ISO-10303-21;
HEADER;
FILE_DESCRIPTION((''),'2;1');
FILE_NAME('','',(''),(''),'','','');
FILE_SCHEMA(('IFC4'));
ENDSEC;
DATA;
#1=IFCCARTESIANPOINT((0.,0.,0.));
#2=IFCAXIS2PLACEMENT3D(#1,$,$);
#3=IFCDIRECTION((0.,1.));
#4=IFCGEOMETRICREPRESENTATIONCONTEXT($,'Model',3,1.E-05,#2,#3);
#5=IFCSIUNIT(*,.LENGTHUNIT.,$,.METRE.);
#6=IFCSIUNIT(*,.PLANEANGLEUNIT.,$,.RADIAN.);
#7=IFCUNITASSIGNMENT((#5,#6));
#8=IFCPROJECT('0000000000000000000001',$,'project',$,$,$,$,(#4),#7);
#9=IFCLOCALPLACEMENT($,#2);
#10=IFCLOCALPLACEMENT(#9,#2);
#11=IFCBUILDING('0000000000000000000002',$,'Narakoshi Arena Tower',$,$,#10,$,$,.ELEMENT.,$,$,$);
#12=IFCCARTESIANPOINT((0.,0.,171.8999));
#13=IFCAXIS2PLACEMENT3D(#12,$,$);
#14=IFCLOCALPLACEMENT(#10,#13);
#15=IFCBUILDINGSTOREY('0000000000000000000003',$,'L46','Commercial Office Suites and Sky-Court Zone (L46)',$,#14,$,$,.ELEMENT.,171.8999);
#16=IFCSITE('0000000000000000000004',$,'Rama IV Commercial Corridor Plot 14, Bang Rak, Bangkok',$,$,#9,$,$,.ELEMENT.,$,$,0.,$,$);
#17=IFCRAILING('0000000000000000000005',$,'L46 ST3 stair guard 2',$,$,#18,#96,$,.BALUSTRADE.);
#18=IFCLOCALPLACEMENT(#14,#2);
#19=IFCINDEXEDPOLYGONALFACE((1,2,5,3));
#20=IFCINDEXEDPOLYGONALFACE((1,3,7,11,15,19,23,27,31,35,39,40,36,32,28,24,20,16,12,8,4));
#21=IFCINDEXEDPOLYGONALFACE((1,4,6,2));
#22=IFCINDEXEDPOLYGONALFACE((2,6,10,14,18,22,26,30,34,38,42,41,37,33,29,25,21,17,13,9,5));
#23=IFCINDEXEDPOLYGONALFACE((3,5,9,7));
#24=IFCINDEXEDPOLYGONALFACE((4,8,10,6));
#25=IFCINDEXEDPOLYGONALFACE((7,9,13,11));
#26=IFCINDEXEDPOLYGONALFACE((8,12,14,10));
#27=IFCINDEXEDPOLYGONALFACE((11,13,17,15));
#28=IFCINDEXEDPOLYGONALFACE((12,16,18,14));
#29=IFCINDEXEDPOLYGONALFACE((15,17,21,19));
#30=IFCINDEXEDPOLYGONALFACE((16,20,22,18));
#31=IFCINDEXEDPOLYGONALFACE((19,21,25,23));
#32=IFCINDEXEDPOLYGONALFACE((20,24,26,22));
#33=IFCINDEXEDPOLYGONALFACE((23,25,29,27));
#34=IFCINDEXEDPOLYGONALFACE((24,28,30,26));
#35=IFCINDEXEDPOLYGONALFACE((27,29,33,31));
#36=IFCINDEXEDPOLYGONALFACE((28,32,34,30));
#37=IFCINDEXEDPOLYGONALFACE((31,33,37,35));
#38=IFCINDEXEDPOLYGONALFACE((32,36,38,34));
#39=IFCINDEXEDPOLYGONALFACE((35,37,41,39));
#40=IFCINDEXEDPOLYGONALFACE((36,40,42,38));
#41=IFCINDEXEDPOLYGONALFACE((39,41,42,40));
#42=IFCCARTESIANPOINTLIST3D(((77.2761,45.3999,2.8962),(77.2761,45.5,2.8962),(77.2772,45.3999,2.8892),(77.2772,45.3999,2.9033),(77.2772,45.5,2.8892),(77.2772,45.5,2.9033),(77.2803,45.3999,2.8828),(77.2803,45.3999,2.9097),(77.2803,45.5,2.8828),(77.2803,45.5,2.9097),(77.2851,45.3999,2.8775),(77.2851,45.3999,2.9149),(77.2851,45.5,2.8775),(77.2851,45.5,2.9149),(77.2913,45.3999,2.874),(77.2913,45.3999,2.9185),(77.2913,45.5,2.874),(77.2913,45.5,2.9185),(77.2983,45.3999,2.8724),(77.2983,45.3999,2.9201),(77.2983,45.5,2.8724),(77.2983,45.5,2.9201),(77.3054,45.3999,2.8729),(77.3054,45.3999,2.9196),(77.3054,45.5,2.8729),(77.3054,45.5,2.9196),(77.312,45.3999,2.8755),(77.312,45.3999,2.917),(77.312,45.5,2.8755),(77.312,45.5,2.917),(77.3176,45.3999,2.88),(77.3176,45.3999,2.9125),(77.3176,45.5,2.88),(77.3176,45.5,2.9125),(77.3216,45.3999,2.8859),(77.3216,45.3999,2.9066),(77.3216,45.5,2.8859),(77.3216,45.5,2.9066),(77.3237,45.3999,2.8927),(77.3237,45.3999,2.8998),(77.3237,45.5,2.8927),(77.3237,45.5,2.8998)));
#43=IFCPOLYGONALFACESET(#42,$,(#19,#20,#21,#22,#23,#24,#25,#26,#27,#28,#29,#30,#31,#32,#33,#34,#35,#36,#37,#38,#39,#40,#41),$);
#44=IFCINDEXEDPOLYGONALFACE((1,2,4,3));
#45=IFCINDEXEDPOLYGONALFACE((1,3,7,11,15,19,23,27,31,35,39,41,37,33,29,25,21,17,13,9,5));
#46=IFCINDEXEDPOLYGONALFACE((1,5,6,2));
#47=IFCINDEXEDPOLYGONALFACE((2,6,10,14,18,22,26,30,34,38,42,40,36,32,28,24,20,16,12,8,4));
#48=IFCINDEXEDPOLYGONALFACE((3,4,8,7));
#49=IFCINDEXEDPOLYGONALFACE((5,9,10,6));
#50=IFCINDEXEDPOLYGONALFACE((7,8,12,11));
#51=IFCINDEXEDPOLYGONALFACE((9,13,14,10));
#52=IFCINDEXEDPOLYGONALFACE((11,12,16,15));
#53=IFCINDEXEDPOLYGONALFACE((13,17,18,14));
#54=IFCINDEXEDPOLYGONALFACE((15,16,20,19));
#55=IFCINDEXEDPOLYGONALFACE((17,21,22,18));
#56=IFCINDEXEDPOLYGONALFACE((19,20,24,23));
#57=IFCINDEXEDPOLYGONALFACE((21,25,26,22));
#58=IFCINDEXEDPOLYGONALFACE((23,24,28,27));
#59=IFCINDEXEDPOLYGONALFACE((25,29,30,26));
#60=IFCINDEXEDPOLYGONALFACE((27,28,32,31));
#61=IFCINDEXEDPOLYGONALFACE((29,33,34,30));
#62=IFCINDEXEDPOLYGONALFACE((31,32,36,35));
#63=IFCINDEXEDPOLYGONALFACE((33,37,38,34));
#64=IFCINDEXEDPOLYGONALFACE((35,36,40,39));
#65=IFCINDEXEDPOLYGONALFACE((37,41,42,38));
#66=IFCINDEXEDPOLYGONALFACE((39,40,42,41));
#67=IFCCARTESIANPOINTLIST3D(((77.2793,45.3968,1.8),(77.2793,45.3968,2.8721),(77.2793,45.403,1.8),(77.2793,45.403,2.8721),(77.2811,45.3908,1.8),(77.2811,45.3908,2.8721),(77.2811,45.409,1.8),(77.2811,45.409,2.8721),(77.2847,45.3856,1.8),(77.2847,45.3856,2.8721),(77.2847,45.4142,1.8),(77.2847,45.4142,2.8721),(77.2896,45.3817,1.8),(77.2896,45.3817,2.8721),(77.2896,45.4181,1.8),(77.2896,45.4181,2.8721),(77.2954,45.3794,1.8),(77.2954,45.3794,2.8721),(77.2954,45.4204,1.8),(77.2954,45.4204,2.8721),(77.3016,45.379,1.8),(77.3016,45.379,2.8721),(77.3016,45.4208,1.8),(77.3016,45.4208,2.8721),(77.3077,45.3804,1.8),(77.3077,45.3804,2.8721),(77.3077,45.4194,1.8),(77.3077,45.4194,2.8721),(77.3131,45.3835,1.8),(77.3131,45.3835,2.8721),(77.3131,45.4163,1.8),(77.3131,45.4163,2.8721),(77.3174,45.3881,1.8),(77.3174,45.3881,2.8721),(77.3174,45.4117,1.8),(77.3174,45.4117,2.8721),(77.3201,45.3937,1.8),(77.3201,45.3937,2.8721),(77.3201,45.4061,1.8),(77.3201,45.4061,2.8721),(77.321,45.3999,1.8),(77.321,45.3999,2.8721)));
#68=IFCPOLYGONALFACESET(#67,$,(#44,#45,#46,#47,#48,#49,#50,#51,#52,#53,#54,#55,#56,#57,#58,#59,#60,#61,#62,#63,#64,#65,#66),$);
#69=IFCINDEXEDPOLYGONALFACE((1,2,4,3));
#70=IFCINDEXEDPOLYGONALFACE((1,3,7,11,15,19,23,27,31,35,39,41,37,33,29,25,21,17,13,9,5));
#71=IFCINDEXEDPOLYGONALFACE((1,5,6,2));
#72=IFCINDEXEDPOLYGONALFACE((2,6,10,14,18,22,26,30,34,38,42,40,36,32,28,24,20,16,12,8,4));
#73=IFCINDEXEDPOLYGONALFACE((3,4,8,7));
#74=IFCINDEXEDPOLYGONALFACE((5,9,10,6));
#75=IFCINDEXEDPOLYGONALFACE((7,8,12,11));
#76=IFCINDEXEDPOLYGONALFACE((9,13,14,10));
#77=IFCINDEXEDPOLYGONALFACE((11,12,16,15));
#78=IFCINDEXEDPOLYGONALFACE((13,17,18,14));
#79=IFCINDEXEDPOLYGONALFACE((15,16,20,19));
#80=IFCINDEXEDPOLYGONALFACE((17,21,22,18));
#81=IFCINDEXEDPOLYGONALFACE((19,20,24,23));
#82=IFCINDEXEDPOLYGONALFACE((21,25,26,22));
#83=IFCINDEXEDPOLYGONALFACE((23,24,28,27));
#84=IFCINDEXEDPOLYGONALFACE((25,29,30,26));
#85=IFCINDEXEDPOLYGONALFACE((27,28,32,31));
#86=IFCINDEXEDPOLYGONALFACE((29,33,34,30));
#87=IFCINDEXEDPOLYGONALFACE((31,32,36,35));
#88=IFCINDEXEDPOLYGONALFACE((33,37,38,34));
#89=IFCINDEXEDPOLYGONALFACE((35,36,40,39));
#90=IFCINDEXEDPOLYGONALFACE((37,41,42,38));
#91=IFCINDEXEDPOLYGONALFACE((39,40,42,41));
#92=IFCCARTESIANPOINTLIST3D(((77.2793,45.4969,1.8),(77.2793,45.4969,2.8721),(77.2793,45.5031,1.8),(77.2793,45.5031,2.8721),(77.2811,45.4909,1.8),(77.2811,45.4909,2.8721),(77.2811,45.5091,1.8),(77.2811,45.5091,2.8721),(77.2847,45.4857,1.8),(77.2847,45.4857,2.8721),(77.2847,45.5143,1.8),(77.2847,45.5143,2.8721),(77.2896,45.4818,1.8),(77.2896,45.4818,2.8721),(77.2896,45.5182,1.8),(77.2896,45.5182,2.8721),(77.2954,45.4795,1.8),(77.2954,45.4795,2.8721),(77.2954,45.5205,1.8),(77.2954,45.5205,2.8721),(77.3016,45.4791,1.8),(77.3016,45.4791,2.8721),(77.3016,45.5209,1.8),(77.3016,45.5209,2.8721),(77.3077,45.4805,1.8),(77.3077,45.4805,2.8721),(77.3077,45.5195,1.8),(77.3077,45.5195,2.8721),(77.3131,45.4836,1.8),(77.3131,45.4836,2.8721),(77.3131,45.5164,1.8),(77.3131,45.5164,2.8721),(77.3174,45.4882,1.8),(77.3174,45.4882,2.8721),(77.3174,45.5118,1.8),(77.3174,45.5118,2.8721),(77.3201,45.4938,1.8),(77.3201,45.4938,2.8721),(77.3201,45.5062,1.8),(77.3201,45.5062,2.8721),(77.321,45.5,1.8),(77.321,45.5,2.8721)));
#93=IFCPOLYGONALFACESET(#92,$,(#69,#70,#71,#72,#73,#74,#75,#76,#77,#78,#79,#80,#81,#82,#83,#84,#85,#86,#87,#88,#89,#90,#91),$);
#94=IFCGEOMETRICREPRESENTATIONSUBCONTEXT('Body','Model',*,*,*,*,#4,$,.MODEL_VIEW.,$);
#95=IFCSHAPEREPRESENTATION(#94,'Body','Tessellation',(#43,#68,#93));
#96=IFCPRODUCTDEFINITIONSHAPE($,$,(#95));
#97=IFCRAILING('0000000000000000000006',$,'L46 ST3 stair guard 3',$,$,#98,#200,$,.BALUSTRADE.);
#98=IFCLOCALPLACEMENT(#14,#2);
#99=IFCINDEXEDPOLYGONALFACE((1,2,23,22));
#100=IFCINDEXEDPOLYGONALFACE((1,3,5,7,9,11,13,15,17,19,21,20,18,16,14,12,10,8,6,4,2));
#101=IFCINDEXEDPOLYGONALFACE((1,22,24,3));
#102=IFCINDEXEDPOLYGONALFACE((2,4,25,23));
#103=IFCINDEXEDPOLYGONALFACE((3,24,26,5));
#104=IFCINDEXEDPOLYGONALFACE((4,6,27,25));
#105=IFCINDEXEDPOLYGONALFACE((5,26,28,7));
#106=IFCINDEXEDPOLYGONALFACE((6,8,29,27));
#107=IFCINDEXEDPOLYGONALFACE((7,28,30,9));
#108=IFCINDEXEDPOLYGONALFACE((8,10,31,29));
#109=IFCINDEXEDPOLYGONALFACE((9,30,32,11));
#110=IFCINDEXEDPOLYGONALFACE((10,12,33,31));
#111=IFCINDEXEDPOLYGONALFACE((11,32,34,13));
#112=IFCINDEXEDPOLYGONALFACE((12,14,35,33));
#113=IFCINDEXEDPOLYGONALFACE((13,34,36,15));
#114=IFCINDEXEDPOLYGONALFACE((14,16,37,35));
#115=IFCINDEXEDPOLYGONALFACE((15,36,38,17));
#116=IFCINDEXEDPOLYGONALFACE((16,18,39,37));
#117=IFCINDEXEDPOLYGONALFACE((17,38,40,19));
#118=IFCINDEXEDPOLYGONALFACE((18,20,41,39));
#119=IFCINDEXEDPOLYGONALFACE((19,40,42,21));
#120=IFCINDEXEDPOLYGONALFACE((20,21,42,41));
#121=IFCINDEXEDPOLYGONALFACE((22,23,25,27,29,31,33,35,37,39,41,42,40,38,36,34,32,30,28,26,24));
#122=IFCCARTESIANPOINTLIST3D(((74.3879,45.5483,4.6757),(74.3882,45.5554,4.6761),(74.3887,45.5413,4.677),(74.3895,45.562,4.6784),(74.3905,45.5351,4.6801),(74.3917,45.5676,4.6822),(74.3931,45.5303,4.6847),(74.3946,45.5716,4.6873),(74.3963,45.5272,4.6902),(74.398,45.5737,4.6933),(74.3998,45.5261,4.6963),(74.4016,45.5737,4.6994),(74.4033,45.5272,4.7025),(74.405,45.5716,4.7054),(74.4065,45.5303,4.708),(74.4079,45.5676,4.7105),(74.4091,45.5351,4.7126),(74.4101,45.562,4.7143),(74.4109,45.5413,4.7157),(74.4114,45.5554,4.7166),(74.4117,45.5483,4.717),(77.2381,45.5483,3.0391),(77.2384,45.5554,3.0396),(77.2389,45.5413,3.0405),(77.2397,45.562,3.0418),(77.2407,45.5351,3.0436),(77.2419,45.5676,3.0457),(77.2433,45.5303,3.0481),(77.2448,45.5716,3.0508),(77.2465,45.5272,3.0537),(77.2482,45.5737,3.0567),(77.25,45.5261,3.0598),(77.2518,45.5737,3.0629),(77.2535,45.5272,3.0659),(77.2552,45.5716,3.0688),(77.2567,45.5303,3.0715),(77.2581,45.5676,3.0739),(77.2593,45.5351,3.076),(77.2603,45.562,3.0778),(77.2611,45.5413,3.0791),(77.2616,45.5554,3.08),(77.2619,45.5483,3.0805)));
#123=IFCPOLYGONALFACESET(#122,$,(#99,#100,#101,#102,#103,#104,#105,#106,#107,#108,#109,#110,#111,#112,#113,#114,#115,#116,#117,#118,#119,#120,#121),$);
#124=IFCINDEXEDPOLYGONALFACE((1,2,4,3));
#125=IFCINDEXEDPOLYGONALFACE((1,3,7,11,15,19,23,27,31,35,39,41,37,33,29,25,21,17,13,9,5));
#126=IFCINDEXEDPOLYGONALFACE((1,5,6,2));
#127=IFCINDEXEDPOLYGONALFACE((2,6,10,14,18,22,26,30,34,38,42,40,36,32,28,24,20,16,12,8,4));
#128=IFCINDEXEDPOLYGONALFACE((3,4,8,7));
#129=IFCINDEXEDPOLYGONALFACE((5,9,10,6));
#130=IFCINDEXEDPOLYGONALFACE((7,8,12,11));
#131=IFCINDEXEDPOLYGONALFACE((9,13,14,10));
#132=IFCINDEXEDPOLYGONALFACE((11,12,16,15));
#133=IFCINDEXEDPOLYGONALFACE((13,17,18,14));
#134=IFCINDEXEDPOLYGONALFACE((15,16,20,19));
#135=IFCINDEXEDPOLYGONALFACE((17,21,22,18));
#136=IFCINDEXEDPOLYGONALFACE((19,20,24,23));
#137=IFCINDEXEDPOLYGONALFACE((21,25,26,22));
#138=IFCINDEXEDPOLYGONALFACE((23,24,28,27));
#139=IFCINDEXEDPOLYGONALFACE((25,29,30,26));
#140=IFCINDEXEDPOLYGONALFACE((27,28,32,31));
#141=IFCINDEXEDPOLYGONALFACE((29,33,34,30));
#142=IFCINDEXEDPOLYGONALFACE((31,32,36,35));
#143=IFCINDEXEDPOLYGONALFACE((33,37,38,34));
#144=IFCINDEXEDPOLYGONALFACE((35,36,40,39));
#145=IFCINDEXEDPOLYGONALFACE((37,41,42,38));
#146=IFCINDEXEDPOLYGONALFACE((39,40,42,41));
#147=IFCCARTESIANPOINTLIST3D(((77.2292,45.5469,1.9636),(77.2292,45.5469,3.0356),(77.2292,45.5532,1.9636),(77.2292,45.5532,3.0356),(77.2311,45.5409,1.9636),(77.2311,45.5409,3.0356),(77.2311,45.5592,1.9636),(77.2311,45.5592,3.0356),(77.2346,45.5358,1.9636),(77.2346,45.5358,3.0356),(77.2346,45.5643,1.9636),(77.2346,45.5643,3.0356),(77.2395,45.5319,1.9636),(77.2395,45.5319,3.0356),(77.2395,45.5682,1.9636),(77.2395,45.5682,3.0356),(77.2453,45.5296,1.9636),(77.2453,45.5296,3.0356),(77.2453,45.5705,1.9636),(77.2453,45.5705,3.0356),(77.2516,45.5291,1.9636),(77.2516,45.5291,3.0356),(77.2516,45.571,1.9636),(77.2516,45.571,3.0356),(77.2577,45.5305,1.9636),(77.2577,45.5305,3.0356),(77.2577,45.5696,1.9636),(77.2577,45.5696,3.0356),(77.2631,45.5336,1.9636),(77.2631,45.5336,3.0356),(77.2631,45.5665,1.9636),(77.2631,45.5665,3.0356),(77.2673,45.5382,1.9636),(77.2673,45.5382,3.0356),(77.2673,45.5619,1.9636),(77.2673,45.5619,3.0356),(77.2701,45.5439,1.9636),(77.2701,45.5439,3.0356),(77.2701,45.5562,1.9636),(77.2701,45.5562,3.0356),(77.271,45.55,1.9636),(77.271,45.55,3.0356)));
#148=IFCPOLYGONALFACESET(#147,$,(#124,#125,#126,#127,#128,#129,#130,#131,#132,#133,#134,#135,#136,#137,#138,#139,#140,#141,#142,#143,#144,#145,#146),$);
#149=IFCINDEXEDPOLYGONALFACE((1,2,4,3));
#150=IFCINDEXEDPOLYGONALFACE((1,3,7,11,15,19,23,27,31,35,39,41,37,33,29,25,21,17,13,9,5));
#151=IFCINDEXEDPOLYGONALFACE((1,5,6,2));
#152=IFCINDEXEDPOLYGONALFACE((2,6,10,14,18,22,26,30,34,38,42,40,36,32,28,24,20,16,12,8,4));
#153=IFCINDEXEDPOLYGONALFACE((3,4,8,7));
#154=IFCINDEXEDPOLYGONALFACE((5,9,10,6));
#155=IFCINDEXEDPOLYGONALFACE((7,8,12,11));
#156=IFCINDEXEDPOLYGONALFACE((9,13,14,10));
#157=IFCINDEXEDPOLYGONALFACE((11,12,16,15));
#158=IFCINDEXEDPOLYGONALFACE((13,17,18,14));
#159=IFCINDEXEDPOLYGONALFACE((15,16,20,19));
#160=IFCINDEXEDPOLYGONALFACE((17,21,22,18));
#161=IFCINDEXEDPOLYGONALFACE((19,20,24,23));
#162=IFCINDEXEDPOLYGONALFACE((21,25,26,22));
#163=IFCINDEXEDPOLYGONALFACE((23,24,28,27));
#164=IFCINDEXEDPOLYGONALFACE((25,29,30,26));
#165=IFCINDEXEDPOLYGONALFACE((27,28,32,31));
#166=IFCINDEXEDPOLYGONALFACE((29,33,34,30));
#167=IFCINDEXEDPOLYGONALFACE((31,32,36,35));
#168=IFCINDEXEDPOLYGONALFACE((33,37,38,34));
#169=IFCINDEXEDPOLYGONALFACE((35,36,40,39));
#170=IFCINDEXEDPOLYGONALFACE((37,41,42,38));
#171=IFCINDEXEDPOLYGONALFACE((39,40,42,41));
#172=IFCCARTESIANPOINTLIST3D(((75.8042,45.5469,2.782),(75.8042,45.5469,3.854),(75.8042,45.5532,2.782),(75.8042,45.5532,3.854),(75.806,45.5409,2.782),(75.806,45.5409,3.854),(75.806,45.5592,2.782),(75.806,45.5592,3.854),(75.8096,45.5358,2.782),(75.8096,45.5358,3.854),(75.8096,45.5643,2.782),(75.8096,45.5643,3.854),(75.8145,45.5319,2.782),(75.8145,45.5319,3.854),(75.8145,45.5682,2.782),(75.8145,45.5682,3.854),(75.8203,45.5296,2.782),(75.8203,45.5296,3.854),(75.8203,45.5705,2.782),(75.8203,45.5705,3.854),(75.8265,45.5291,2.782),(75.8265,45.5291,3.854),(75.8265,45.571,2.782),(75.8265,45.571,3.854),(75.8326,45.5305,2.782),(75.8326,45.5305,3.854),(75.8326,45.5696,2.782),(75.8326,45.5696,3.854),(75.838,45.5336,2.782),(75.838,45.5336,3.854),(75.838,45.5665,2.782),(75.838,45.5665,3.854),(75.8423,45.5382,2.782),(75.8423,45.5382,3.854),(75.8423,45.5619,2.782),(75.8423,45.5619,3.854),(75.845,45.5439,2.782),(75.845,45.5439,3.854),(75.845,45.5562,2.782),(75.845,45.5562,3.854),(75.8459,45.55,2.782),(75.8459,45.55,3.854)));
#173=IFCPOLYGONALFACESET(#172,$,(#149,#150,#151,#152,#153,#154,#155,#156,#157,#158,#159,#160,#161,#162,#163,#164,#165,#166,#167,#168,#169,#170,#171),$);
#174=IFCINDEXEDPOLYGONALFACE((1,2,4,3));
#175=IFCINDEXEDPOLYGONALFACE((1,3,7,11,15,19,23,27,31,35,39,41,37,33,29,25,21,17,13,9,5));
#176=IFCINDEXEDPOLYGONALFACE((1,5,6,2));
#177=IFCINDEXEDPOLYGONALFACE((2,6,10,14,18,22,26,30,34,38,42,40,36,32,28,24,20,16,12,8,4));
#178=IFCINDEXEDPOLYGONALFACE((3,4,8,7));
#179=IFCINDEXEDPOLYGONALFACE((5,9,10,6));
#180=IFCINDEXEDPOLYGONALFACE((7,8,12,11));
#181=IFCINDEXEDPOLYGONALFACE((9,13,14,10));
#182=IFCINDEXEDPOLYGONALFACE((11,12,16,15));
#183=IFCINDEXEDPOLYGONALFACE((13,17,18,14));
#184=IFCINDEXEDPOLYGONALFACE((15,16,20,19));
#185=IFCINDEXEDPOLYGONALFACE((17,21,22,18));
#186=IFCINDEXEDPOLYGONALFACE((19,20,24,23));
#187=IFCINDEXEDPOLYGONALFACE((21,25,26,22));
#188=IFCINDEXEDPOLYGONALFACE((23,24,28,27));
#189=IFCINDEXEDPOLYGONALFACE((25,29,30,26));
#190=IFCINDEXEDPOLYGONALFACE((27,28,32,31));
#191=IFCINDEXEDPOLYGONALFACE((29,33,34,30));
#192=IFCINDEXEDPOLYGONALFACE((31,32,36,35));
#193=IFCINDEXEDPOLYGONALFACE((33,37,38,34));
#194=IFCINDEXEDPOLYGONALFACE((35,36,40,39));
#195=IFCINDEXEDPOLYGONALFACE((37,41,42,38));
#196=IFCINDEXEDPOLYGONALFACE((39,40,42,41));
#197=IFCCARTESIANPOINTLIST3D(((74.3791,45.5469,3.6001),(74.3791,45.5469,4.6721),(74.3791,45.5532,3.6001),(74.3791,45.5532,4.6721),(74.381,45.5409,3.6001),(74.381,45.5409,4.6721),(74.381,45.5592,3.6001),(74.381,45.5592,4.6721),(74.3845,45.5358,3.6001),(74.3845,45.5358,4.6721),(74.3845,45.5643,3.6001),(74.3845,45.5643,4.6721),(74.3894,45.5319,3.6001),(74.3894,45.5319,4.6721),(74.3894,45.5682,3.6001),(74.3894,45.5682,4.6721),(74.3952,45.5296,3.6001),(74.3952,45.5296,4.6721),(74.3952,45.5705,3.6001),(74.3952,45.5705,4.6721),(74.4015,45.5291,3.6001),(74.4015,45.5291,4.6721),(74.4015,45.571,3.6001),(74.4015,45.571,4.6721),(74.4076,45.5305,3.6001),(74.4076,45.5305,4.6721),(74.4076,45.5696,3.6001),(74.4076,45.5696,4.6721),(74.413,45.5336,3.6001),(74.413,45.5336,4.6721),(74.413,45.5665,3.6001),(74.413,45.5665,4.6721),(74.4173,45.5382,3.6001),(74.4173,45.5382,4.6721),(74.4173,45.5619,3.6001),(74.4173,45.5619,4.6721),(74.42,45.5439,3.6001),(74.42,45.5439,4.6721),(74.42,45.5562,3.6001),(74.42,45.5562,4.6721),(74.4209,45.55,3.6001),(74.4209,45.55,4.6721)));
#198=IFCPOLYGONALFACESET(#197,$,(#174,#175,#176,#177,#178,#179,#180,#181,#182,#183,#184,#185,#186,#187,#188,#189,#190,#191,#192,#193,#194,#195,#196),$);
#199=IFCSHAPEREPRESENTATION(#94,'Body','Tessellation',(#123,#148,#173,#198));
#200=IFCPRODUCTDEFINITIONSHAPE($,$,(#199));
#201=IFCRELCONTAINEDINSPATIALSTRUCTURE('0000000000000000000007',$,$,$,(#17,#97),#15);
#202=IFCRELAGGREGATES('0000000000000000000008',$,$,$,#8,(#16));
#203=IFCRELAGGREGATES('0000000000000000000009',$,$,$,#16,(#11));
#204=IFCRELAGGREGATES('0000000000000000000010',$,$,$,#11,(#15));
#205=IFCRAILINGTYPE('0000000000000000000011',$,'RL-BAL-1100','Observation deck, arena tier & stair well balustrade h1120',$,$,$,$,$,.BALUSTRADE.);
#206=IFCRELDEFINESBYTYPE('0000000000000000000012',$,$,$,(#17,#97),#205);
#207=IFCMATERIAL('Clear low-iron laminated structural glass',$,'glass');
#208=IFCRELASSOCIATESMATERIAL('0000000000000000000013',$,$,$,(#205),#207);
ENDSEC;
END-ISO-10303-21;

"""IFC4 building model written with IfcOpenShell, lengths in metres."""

from ifc_helpers import new_model, si_unit, direction, frame, origin, origin_2d, place, context, subcontext, project, spatial, circle, extrude, material, type_object, element, save


model = new_model("IFC4")

# Units and contexts
model_context = context("Model", 3, precision=1e-05, world=origin(), true_north=direction((0.0, 1.0)))
body_context = subcontext(model_context, "Body", "Model", "MODEL_VIEW")
ifc_project = project(units=[si_unit("LENGTHUNIT", "METRE"), si_unit("PLANEANGLEUNIT", "RADIAN")], contexts=[model_context])

# Site, building, storey
site_placement = place(None, origin())
site = spatial("IfcSite", under=ifc_project, at=site_placement, Name="Rama IV Commercial Corridor Plot 14, Bang Rak, Bangkok", CompositionType="ELEMENT", RefElevation=0.0)
building_placement = place(site_placement, origin())
building = spatial("IfcBuilding", under=site, at=building_placement, Name="Narakoshi Arena Tower", CompositionType="ELEMENT")
storey_placement = place(building_placement, frame((0.0, 0.0, 171.8999)))
storey = spatial("IfcBuildingStorey", under=building, at=storey_placement, Name="L46", Description="Commercial Office Suites and Sky-Court Zone (L46)", CompositionType="ELEMENT", Elevation=171.8999)

# Railings
ifc_material_1 = material(Name="Clear low-iron laminated structural glass", Category="glass")
railing_type_1 = type_object("IfcRailingType", Name="RL-BAL-1100", Description="Observation deck, arena tier & stair well balustrade h1120", PredefinedType="BALUSTRADE", material=ifc_material_1)
railing_1_placement = place(storey_placement, frame((77.3, 45.3999, 1.8)))
element("IfcRailing", 1, at=railing_1_placement, inside=storey, type_object=railing_type_1, Name="L46 ST3 stair guard 2", PredefinedType="BALUSTRADE", context=body_context, shape_type="SweptSolid", body=[
    extrude(circle(Radius=0.0239, at=origin_2d()), frame((0.0, 0.0, 1.0962), z_axis=(0.0, 1.0, 0.0), x_axis=(-1.0, 0.0, 0.0)), (0.0, 0.0, 1.0), 0.1001),
    extrude(circle(Radius=0.021, at=origin_2d()), origin(), (0.0, 0.0, 1.0), 1.072),
    extrude(circle(Radius=0.021, at=origin_2d()), frame((0.0, 0.1001, 0.0)), (0.0, 0.0, 1.0), 1.072),
])
railing_2_placement = place(storey_placement, frame((77.25, 45.55, 1.9636)))
element("IfcRailing", 2, at=railing_2_placement, inside=storey, type_object=railing_type_1, Name="L46 ST3 stair guard 3", PredefinedType="BALUSTRADE", context=body_context, shape_type="SweptSolid", body=[
    extrude(circle(Radius=0.0239, at=origin_2d()), frame((0.0, 0.0, 1.0962), z_axis=(-0.867213, 0.0, 0.497938), x_axis=(0.0, -1.0, 0.0)), (0.0, 0.0, 1.0), 3.2866),
    extrude(circle(Radius=0.021, at=origin_2d()), origin(), (0.0, 0.0, 1.0), 1.072),
    extrude(circle(Radius=0.021, at=origin_2d()), frame((-1.425, 0.0, 0.8184)), (0.0, 0.0, 1.0), 1.072),
    extrude(circle(Radius=0.021, at=origin_2d()), frame((-2.8501, 0.0, 1.6365)), (0.0, 0.0, 1.0), 1.072),
])

save(model, "model.ifc")
